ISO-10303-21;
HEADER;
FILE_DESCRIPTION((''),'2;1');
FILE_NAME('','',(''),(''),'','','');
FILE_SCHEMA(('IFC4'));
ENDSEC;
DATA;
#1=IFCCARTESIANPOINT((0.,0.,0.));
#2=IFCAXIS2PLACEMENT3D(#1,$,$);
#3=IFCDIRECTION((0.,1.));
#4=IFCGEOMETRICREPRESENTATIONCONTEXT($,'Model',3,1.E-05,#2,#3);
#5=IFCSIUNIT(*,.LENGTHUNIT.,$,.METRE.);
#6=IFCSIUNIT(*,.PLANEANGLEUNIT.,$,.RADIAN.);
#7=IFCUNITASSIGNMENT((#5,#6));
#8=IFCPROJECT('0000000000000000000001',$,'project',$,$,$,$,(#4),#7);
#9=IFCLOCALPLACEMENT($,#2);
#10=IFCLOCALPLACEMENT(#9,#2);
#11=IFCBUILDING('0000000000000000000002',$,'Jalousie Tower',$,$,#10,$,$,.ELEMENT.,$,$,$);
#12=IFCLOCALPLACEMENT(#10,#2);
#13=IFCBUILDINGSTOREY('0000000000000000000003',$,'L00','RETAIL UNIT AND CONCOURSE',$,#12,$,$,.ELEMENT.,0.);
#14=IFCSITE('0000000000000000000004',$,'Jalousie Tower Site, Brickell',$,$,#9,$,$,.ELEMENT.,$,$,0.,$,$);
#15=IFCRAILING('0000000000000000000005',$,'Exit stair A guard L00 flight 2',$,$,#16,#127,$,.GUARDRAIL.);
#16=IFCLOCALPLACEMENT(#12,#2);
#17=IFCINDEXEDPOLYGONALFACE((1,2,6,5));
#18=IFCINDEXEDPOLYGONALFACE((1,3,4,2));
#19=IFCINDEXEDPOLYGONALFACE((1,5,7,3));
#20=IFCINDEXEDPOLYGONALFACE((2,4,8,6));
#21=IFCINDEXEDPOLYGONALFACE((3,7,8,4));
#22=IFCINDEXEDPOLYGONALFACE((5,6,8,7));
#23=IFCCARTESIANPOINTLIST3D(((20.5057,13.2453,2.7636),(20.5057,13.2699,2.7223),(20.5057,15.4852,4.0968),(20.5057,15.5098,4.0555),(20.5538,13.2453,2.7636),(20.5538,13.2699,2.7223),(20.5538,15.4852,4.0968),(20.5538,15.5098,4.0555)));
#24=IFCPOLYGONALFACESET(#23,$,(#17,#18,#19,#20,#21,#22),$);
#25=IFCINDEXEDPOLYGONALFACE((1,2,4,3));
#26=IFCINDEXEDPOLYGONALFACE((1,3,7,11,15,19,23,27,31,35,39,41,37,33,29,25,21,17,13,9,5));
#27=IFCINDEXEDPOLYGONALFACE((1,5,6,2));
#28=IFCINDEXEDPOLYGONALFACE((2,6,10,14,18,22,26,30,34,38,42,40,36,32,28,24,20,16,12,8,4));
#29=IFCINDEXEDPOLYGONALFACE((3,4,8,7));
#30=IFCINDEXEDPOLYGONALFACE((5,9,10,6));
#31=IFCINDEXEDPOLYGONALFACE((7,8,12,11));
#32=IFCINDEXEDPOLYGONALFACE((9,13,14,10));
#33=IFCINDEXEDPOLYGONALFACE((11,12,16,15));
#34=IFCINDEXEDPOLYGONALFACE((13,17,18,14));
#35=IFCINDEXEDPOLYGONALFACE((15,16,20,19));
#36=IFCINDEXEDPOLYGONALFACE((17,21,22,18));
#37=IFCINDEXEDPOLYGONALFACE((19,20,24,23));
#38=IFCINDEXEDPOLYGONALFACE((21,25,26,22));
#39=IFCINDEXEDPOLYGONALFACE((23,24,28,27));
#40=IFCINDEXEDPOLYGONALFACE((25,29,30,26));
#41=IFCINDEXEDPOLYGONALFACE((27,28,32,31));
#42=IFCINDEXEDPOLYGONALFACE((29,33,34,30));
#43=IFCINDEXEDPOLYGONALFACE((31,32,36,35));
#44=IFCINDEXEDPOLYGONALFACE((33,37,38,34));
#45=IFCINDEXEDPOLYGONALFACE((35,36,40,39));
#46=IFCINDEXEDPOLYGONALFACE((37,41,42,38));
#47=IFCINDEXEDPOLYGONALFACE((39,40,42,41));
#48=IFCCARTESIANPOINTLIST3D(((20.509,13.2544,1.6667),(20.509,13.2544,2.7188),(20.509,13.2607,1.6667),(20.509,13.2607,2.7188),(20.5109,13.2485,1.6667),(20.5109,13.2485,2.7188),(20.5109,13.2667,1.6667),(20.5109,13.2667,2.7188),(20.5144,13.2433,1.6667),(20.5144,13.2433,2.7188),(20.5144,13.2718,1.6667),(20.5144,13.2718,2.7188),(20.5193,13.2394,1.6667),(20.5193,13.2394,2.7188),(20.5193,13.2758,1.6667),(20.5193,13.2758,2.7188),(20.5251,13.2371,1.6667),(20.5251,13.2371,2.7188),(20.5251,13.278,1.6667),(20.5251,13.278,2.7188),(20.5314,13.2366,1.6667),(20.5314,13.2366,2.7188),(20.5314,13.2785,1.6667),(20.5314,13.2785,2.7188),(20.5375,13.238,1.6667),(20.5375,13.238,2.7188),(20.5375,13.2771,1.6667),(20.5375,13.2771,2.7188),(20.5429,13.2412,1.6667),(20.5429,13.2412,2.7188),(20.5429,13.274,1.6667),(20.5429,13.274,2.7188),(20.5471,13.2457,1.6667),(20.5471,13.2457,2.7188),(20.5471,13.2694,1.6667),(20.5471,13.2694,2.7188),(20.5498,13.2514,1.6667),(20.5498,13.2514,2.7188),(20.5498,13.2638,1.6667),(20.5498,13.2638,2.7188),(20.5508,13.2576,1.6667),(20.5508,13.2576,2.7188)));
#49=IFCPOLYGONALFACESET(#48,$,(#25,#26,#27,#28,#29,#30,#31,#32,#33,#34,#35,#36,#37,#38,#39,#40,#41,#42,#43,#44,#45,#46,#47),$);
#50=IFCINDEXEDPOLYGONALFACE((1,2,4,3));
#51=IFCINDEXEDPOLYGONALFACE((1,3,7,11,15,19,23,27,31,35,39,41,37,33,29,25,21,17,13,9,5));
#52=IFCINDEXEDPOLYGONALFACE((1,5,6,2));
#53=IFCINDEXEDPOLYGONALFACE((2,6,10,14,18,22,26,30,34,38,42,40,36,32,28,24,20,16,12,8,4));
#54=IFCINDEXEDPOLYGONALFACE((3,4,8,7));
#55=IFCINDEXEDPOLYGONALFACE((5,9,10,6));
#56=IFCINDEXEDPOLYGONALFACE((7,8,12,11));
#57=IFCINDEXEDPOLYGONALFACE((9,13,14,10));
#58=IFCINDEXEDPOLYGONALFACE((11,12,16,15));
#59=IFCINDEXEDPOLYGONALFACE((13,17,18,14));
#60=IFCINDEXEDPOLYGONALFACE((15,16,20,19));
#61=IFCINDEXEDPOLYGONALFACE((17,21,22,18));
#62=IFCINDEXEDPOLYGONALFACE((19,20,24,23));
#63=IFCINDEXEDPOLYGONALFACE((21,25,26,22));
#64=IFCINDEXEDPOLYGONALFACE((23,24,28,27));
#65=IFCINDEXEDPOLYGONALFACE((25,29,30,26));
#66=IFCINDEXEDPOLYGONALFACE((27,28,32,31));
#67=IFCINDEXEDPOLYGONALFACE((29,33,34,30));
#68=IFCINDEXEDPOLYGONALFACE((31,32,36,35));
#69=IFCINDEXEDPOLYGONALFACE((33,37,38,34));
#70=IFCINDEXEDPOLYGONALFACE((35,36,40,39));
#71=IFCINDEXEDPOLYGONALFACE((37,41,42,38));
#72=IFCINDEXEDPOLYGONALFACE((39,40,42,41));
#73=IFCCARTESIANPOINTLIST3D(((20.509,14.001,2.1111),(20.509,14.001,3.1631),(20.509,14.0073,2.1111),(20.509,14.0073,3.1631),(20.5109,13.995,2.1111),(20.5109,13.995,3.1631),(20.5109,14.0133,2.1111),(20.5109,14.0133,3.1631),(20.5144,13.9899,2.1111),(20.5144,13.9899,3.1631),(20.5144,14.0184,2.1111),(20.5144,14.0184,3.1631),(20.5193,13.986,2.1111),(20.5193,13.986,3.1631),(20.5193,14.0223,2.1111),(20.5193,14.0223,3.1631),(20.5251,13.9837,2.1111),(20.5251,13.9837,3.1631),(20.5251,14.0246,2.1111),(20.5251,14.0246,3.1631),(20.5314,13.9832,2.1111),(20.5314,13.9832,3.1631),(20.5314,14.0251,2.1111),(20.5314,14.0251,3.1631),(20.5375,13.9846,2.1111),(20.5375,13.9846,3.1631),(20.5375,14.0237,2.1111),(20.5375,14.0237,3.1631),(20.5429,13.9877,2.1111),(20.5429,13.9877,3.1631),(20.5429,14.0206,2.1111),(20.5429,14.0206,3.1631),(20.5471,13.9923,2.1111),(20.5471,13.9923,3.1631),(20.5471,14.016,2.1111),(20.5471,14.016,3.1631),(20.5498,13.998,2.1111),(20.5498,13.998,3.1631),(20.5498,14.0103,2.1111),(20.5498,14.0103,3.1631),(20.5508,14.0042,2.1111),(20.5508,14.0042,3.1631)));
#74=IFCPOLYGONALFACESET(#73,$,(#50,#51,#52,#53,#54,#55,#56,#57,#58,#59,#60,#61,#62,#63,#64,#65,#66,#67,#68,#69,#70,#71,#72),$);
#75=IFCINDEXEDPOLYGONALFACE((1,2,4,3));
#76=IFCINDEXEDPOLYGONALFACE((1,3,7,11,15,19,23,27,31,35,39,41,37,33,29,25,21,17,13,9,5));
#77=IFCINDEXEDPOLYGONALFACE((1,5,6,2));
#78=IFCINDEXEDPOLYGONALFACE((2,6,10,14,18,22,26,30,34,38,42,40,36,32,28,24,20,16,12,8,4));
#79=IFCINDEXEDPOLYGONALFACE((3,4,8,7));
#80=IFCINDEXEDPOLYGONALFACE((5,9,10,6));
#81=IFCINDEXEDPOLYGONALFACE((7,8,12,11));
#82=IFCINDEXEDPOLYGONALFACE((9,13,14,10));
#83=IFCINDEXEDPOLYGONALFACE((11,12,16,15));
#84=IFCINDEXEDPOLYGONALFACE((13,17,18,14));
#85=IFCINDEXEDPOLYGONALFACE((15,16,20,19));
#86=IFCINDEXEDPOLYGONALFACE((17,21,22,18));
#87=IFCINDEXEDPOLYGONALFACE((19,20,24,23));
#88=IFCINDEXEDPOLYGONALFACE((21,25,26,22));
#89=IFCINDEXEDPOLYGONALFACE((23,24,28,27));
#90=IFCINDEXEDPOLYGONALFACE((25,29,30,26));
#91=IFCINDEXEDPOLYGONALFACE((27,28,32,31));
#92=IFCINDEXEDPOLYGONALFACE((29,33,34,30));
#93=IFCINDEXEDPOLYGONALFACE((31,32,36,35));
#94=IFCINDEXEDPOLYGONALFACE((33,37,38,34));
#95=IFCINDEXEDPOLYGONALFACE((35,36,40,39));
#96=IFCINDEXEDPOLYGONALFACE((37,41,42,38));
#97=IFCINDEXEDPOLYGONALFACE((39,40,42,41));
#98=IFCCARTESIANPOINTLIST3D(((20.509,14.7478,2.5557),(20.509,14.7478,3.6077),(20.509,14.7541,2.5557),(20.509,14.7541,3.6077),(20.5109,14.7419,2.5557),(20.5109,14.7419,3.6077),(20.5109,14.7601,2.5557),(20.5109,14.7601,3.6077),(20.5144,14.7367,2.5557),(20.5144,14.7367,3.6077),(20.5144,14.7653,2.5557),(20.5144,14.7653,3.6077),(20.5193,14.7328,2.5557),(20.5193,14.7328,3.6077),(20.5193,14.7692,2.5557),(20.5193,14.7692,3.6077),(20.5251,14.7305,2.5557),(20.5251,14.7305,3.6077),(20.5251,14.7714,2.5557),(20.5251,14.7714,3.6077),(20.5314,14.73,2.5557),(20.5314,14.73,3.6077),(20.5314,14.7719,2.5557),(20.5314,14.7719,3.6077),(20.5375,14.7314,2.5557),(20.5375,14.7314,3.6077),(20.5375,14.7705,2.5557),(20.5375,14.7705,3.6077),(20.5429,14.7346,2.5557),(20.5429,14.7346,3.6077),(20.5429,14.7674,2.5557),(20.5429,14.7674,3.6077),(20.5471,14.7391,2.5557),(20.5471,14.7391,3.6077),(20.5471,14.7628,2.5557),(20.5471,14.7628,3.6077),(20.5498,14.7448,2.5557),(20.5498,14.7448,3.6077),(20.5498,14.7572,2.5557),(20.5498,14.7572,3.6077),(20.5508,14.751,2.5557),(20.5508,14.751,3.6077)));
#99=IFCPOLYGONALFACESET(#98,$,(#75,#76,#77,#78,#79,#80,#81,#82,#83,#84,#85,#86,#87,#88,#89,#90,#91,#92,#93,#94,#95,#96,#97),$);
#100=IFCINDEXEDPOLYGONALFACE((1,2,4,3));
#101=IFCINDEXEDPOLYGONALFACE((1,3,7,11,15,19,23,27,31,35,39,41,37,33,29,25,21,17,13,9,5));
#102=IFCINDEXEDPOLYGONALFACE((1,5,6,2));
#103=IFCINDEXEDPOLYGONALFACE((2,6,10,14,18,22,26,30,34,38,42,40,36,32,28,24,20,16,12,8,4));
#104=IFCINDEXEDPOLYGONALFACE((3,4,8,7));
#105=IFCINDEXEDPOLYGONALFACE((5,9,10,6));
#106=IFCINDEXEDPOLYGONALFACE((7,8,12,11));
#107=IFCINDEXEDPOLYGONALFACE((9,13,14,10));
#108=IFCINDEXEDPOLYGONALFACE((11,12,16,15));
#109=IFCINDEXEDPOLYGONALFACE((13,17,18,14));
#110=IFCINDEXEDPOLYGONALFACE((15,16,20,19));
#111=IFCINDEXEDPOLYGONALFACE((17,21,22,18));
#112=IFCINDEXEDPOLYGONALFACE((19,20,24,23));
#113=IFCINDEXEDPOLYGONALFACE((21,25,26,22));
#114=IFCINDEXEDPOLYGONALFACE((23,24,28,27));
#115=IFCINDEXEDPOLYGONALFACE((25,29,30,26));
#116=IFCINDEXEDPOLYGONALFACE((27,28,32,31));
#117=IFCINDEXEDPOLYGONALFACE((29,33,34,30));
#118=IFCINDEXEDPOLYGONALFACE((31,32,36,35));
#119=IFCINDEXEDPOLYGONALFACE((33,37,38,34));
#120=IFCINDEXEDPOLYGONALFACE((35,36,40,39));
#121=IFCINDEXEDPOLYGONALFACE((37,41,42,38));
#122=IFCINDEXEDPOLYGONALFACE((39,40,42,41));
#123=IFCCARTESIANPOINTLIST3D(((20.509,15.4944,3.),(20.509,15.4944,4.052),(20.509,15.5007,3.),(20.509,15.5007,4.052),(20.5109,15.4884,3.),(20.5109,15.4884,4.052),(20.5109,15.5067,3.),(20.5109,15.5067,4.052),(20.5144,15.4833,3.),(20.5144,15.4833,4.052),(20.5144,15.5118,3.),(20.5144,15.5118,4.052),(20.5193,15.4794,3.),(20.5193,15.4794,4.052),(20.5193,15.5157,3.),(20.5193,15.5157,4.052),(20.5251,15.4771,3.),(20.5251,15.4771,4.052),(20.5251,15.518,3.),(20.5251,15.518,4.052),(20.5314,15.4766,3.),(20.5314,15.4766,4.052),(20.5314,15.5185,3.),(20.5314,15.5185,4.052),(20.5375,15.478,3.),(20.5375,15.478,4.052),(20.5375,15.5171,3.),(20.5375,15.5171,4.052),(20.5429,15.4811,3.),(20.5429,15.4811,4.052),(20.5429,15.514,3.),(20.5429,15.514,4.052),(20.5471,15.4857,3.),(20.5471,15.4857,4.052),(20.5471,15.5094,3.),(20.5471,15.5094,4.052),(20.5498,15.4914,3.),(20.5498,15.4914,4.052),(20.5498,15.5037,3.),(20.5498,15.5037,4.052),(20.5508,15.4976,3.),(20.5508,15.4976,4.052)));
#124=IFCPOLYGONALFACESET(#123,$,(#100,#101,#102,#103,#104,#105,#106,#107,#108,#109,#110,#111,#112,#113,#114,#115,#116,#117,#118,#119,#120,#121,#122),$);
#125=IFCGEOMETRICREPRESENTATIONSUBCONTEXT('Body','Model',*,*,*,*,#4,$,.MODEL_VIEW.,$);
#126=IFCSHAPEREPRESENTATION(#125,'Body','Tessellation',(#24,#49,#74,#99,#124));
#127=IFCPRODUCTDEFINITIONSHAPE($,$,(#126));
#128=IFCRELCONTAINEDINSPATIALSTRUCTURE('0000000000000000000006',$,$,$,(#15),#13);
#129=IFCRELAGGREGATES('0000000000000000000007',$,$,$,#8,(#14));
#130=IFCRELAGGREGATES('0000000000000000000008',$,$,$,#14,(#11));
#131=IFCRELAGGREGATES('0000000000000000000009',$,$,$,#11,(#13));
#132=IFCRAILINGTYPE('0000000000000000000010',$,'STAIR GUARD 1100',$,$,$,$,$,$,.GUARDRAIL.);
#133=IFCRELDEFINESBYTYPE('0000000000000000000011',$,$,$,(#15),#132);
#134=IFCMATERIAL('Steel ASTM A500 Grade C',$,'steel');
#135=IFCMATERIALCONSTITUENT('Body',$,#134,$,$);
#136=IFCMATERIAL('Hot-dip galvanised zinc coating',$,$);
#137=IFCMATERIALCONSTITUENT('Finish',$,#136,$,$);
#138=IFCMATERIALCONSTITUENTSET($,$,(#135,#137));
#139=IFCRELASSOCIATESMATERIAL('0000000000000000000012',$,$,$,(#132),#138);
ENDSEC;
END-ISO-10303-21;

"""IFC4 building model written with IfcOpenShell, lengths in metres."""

from ifc_helpers import new_model, si_unit, direction, frame, origin, origin_2d, place, context, subcontext, project, spatial, rectangle, circle, extrude, material, constituent, constituent_set, type_object, element, save


model = new_model("IFC4")

# Units and contexts
model_context = context("Model", 3, precision=1e-05, world=origin(), true_north=direction((0.0, 1.0)))
body_context = subcontext(model_context, "Body", "Model", "MODEL_VIEW")
ifc_project = project(units=[si_unit("LENGTHUNIT", "METRE"), si_unit("PLANEANGLEUNIT", "RADIAN")], contexts=[model_context])

# Site, building, storey
site_placement = place(None, origin())
site = spatial("IfcSite", under=ifc_project, at=site_placement, Name="Jalousie Tower Site, Brickell", CompositionType="ELEMENT", RefElevation=0.0)
building_placement = place(site_placement, origin())
building = spatial("IfcBuilding", under=site, at=building_placement, Name="Jalousie Tower", CompositionType="ELEMENT")
storey_placement = place(building_placement, origin())
storey = spatial("IfcBuildingStorey", under=building, at=storey_placement, Name="L00", Description="RETAIL UNIT AND CONCOURSE", CompositionType="ELEMENT", Elevation=0.0)

# Railing
ifc_material_1 = material(Name="Steel ASTM A500 Grade C", Category="steel")
ifc_constituent_1 = constituent(ifc_material_1, Name="Body")
ifc_material_2 = material(Name="Hot-dip galvanised zinc coating")
ifc_constituent_2 = constituent(ifc_material_2, Name="Finish")
ifc_constituent_set_1 = constituent_set(constituents=[ifc_constituent_1, ifc_constituent_2])
railing_type_1 = type_object("IfcRailingType", Name="STAIR GUARD 1100", PredefinedType="GUARDRAIL", material=ifc_constituent_set_1)
railing_1_placement = place(storey_placement, frame((20.5298, 13.2576, 1.6667)))
element("IfcRailing", 1, at=railing_1_placement, inside=storey, type_object=railing_type_1, Name="Exit stair A guard L00 flight 2", PredefinedType="GUARDRAIL", context=body_context, shape_type="SweptSolid", body=[
    extrude(rectangle(XDim=0.0481, YDim=0.0481, at=origin_2d()), frame((0.0, 0.0, 1.0762), z_axis=(0.0, 0.859306, 0.511462), x_axis=(-1.0, 0.0, 0.0)), (0.0, 0.0, 1.0), 2.6067),
    extrude(circle(Radius=0.021, at=origin_2d()), origin(), (0.0, 0.0, 1.0), 1.052),
    extrude(circle(Radius=0.021, at=origin_2d()), frame((0.0, 0.7466, 0.4443)), (0.0, 0.0, 1.0), 1.052),
    extrude(circle(Radius=0.021, at=origin_2d()), frame((0.0, 1.4934, 0.8889)), (0.0, 0.0, 1.0), 1.052),
    extrude(circle(Radius=0.021, at=origin_2d()), frame((0.0, 2.24, 1.3333)), (0.0, 0.0, 1.0), 1.052),
])

save(model, "model.ifc")
